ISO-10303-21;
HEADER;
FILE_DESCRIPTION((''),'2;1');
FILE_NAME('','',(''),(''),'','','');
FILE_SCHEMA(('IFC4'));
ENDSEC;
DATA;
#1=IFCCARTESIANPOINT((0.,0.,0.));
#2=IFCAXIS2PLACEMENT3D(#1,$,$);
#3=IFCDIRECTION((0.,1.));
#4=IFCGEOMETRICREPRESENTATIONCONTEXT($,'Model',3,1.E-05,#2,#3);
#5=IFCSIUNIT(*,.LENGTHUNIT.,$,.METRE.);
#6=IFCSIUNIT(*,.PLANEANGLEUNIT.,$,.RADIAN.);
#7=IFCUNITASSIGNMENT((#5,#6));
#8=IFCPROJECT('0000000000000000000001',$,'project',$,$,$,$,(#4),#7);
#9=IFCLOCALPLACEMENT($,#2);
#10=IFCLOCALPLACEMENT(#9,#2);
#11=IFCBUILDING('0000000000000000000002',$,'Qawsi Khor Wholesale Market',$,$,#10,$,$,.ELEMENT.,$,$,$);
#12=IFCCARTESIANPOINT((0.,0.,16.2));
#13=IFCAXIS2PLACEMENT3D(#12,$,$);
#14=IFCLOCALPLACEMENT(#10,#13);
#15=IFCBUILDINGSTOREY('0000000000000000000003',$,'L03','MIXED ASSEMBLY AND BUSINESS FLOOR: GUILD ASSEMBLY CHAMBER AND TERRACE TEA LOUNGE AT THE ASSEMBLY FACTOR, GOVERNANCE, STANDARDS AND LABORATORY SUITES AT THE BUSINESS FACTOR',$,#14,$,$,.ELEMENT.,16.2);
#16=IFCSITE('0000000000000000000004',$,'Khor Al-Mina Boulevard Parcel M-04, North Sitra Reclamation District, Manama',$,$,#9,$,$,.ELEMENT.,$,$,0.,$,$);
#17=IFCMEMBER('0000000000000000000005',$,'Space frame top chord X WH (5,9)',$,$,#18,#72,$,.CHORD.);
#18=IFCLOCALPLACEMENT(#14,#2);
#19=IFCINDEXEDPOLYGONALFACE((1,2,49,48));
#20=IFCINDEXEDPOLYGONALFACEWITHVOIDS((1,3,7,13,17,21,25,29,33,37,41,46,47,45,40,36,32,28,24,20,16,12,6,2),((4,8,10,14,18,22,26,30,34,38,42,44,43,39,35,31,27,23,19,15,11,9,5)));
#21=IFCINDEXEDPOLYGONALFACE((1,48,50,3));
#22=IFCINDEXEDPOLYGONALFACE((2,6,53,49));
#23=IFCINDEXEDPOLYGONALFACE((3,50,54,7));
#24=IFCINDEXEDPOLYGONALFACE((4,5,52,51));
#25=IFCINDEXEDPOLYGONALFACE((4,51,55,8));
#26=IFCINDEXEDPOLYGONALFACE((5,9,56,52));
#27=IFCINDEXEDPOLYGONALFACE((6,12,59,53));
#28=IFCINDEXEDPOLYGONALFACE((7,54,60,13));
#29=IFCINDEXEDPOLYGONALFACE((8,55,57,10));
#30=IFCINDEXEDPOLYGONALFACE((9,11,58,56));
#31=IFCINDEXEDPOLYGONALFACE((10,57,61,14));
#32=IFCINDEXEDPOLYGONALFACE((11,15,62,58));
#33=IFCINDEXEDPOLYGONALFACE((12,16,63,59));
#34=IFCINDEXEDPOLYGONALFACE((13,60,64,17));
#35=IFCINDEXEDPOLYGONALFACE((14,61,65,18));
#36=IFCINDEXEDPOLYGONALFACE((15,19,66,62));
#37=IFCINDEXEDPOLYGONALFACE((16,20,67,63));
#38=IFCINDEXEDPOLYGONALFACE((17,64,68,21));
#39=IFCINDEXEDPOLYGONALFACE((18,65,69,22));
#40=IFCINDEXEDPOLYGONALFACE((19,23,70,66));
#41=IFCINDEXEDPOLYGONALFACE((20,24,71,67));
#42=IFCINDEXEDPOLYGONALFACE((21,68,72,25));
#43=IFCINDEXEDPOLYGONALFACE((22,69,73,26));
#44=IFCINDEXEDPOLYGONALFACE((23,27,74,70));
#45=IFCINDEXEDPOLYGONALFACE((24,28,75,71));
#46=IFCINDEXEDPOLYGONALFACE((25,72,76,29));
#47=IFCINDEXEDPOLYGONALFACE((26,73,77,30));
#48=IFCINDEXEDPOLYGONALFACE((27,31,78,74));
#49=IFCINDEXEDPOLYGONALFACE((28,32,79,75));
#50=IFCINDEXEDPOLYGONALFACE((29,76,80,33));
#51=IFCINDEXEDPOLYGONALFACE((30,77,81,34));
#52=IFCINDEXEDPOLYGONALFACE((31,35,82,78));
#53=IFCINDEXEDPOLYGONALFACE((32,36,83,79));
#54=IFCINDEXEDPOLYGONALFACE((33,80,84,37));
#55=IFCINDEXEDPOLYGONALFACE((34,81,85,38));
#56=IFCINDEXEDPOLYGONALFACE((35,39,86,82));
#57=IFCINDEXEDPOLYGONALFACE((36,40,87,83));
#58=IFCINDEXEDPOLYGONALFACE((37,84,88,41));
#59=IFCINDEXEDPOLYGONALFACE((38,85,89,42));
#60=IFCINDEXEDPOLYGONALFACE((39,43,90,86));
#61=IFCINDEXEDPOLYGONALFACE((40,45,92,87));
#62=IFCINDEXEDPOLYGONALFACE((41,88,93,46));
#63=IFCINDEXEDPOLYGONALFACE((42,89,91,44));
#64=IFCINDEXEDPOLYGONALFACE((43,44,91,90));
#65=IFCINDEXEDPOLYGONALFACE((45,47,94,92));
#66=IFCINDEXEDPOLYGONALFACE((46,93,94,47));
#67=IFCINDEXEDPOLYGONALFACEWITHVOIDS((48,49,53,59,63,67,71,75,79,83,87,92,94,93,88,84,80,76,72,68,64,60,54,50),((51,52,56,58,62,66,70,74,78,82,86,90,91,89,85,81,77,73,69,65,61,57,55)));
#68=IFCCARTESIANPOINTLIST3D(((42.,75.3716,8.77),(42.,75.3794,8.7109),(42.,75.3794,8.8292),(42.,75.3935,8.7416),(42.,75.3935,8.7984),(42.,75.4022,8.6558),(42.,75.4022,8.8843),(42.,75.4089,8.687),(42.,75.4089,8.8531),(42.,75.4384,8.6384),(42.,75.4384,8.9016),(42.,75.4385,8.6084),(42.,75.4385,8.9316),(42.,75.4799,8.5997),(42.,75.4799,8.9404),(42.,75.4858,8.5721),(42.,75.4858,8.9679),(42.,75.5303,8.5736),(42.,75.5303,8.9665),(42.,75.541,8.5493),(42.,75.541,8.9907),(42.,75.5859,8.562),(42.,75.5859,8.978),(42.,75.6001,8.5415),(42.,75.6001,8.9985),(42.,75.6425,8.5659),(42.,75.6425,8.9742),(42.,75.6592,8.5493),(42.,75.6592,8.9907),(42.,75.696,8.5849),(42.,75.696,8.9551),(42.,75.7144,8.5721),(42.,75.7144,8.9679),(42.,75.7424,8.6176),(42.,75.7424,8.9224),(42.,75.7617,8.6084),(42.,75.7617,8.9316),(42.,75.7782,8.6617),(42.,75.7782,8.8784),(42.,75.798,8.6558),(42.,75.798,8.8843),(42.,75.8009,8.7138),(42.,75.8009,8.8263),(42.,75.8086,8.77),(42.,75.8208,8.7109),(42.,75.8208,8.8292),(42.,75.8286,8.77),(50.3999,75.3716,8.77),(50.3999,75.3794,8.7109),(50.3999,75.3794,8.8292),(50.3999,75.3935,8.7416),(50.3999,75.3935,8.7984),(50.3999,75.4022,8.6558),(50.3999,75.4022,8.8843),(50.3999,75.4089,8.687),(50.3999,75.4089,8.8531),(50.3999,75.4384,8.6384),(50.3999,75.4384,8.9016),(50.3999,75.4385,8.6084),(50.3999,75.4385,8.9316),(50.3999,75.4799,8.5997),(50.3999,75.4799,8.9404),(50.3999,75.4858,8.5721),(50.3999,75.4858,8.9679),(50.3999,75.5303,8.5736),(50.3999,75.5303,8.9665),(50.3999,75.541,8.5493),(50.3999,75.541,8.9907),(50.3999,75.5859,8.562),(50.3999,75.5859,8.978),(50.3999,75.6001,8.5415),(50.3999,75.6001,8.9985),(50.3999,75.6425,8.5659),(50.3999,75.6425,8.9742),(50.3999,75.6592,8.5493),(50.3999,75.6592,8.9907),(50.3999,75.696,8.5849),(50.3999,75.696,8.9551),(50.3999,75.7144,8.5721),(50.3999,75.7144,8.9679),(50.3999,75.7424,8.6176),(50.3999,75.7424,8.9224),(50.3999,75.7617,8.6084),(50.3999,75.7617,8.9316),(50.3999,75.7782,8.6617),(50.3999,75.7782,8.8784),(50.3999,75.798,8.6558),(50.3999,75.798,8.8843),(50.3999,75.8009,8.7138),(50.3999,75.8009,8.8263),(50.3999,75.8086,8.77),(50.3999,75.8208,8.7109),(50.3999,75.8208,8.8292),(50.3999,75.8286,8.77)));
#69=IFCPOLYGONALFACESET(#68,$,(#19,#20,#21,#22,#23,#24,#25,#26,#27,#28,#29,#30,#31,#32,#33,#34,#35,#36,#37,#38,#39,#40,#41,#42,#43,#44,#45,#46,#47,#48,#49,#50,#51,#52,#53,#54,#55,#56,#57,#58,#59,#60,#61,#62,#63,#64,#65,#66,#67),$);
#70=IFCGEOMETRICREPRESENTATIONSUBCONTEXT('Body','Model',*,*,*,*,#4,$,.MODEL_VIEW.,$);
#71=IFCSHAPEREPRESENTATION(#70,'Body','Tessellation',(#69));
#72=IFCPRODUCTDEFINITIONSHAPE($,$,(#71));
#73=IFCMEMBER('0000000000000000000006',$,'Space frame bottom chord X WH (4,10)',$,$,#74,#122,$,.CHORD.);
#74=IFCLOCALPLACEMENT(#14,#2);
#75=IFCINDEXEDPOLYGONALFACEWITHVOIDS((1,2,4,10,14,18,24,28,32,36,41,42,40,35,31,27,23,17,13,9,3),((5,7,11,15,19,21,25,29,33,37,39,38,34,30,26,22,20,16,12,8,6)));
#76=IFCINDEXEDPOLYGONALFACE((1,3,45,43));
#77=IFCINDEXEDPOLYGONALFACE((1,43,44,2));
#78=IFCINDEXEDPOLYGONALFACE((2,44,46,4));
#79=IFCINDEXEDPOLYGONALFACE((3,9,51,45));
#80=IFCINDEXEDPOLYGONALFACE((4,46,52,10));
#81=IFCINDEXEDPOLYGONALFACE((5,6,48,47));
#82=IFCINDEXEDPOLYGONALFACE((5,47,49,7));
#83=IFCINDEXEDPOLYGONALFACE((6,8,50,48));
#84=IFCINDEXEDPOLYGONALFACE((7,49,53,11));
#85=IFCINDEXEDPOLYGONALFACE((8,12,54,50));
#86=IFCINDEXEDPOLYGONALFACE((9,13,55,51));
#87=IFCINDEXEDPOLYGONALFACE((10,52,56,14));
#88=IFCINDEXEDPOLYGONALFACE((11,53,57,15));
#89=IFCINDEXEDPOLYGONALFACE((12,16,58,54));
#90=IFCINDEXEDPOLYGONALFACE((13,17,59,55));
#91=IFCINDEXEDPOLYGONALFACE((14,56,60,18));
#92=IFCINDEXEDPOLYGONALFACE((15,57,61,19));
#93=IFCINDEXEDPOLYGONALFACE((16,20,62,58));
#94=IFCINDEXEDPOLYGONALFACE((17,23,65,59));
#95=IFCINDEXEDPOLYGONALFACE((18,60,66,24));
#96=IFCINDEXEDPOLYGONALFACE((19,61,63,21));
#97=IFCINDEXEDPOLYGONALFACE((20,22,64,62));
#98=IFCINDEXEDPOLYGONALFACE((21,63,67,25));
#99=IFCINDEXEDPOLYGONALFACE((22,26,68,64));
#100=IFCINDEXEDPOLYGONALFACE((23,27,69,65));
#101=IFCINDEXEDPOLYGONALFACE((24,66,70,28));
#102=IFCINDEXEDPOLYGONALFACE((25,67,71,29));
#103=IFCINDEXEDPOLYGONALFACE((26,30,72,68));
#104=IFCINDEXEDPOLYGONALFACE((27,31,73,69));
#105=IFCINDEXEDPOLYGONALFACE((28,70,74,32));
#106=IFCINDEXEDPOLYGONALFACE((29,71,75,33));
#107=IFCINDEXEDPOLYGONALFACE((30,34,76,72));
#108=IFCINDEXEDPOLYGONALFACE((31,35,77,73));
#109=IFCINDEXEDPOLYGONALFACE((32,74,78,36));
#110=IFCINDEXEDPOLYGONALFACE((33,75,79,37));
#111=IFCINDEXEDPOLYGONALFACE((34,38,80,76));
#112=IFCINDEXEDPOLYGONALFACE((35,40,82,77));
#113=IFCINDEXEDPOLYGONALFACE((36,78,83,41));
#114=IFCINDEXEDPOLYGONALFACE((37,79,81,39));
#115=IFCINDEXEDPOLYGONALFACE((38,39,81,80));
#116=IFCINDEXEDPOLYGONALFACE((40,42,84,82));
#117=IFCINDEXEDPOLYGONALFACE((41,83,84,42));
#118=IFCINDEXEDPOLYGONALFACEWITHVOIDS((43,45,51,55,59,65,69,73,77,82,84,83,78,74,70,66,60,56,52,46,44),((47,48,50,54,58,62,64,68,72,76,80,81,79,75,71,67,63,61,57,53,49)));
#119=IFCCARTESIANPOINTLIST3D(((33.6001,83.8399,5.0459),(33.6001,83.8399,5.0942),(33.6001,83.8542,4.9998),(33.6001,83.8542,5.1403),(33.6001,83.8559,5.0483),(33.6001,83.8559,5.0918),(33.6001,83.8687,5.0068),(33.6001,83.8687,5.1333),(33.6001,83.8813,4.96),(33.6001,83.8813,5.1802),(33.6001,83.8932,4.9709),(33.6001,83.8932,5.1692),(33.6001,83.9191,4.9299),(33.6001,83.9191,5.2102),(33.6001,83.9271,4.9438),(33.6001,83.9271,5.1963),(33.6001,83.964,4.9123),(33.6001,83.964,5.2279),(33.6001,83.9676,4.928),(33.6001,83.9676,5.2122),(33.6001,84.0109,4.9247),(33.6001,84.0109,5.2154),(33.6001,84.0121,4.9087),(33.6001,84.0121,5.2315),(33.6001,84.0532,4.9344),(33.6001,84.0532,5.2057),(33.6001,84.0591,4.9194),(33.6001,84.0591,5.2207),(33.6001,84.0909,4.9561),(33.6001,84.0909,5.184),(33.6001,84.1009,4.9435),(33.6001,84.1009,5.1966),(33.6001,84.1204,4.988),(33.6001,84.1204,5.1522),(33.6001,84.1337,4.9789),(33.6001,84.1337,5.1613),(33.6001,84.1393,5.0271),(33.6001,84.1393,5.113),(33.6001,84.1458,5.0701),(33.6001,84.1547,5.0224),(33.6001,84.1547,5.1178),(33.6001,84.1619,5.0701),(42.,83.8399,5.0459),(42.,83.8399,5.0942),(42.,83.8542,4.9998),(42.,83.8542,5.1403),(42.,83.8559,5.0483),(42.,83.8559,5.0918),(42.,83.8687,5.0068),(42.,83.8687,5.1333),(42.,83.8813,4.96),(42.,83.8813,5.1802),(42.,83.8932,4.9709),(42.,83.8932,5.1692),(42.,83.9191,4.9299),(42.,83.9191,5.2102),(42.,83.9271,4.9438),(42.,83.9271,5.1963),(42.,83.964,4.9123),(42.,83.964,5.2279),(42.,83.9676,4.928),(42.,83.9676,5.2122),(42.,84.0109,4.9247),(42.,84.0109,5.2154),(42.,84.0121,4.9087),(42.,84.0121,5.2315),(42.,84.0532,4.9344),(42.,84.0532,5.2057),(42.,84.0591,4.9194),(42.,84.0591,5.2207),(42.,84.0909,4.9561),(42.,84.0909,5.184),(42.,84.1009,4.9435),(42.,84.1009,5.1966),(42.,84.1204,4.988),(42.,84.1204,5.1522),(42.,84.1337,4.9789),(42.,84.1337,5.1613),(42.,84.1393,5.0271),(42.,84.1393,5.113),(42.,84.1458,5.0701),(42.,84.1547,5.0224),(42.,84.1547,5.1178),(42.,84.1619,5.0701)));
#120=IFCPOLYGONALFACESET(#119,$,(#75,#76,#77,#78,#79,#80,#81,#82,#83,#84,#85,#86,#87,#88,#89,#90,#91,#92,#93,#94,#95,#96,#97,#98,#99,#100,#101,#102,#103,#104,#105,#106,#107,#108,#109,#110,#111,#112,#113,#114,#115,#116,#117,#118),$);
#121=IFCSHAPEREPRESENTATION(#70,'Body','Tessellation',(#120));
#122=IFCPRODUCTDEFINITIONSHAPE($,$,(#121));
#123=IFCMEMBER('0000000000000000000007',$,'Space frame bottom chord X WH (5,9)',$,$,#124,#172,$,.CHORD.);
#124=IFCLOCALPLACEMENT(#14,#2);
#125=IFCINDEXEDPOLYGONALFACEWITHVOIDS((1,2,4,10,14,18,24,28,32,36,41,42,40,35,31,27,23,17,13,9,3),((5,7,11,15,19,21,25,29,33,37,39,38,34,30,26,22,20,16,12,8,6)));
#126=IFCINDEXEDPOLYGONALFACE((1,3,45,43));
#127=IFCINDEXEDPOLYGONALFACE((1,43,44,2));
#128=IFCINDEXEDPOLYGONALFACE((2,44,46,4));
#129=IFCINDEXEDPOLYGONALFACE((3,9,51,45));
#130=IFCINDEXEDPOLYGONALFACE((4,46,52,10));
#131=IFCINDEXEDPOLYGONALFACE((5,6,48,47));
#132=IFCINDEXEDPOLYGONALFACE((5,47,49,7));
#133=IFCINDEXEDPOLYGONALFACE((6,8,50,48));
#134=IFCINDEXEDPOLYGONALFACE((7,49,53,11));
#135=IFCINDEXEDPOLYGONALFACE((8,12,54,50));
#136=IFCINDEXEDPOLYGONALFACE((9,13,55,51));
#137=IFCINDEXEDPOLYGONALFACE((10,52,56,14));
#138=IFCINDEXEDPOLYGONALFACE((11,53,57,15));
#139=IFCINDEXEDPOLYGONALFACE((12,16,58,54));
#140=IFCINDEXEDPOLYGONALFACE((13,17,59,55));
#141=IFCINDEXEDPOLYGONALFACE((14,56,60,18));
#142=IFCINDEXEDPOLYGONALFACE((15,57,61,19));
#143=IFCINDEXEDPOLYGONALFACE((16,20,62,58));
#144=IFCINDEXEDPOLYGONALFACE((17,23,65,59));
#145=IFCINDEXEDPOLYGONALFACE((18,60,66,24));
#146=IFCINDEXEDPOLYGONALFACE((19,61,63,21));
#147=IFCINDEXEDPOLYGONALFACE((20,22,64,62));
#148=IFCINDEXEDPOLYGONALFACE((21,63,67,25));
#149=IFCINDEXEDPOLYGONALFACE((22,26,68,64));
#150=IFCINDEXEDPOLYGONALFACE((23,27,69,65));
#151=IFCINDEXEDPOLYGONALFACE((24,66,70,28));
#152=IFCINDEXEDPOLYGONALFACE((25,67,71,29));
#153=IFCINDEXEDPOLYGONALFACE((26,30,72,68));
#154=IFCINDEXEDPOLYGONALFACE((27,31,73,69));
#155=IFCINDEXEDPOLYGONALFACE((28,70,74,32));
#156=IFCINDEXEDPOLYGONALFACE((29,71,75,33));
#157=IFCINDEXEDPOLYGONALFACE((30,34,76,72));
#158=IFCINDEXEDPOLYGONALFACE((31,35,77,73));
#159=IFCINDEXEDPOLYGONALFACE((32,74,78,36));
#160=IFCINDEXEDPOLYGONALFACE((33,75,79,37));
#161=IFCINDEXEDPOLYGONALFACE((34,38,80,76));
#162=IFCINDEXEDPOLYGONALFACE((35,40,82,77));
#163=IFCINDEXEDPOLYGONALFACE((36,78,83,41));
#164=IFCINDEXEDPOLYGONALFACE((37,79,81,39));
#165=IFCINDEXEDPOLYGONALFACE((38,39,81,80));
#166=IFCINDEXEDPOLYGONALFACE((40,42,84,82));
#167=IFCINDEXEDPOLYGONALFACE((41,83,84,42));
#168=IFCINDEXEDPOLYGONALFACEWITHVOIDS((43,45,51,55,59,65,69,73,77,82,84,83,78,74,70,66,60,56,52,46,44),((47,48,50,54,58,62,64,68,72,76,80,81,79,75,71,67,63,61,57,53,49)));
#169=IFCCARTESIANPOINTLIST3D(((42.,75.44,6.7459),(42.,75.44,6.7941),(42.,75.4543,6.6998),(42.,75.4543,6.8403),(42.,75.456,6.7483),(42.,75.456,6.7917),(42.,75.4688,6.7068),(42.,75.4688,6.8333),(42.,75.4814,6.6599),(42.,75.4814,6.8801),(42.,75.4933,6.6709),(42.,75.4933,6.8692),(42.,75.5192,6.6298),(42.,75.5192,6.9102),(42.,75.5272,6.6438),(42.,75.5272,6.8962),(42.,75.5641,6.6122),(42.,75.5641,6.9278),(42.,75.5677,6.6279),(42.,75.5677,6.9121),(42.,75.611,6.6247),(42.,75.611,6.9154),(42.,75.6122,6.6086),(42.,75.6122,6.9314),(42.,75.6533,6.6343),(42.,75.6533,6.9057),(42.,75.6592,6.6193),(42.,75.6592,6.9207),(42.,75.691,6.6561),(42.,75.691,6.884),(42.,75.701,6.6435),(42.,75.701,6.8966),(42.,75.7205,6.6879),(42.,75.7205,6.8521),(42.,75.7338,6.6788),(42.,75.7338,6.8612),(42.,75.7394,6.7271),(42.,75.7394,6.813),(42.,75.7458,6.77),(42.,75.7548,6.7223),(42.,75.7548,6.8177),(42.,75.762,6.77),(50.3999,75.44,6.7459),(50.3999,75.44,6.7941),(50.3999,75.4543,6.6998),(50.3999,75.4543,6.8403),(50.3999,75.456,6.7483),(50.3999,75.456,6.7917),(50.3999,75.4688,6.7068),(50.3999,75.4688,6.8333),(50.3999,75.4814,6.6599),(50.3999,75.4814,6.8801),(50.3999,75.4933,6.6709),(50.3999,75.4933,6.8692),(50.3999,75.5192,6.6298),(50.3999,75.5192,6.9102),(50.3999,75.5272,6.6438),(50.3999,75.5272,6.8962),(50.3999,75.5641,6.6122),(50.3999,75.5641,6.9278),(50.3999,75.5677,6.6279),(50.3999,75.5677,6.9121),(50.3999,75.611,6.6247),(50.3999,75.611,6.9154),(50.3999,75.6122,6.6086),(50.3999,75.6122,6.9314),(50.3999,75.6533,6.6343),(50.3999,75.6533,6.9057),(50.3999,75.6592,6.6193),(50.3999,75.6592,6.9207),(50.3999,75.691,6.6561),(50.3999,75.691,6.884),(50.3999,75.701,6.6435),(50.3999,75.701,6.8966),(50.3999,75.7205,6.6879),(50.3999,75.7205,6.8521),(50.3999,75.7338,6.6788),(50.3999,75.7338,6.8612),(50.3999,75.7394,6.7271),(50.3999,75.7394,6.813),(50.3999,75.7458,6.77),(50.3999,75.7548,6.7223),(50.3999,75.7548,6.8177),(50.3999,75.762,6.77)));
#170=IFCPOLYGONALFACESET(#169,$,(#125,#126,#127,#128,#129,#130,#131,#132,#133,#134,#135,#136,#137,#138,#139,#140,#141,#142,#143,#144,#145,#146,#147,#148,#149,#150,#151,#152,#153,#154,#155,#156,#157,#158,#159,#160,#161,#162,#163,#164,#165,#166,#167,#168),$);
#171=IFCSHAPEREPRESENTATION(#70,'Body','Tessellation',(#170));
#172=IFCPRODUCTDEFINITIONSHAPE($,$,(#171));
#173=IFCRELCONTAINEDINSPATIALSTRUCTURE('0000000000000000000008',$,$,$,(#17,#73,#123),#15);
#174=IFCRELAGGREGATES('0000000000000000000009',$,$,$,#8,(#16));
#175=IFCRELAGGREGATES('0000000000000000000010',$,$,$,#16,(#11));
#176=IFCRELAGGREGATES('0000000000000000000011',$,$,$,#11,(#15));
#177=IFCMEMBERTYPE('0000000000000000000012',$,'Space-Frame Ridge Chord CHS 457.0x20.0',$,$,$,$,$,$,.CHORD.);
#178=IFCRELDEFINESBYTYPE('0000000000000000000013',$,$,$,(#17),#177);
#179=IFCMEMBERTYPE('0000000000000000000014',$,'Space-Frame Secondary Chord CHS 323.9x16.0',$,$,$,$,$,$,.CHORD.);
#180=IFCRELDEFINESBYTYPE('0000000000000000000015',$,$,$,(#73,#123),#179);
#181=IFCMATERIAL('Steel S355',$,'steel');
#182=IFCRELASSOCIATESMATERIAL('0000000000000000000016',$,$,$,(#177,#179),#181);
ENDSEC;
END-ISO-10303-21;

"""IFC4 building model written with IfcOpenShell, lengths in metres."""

from ifc_helpers import new_model, si_unit, direction, frame, origin, origin_2d, place, context, subcontext, project, spatial, hollow_circle, extrude, material, material_profile, profile_set, type_object, element, save


model = new_model("IFC4")

# Units and contexts
model_context = context("Model", 3, precision=1e-05, world=origin(), true_north=direction((0.0, 1.0)))
body_context = subcontext(model_context, "Body", "Model", "MODEL_VIEW")
ifc_project = project(units=[si_unit("LENGTHUNIT", "METRE"), si_unit("PLANEANGLEUNIT", "RADIAN")], contexts=[model_context])

# Site, building, storey
site_placement = place(None, origin())
site = spatial("IfcSite", under=ifc_project, at=site_placement, Name="Khor Al-Mina Boulevard Parcel M-04, North Sitra Reclamation District, Manama", CompositionType="ELEMENT", RefElevation=0.0)
building_placement = place(site_placement, origin())
building = spatial("IfcBuilding", under=site, at=building_placement, Name="Qawsi Khor Wholesale Market", CompositionType="ELEMENT")
storey_placement = place(building_placement, frame((0.0, 0.0, 16.2)))
storey = spatial("IfcBuildingStorey", under=building, at=storey_placement, Name="L03", Description="MIXED ASSEMBLY AND BUSINESS FLOOR: GUILD ASSEMBLY CHAMBER AND TERRACE TEA LOUNGE AT THE ASSEMBLY FACTOR, GOVERNANCE, STANDARDS AND LABORATORY SUITES AT THE BUSINESS FACTOR", CompositionType="ELEMENT", Elevation=16.2)

# Members
ifc_material_1 = material(Name="Steel S355", Category="steel")
ifc_material_profile_1 = material_profile(ifc_material_1, hollow_circle(Radius=0.2285, WallThickness=0.02, at=origin_2d()), Name="CHS 457.0x20.0")
ifc_profile_set_1 = profile_set([ifc_material_profile_1], Name="Steel S355")
member_type_1 = type_object("IfcMemberType", Name="Space-Frame Ridge Chord CHS 457.0x20.0", PredefinedType="CHORD", material=ifc_profile_set_1)
member_1_placement = place(storey_placement, frame((42.0, 75.6001, 8.77), z_axis=(1.0, 0.0, 0.0), x_axis=(0.0, 1.0, 0.0)))
element("IfcMember", 1, at=member_1_placement, inside=storey, type_object=member_type_1, Name="Space frame top chord X WH (5,9)", PredefinedType="CHORD", context=body_context, shape_type="SweptSolid", body=[
    extrude(hollow_circle(Radius=0.2285, WallThickness=0.02, at=origin_2d()), origin(), (0.0, 0.0, 1.0), 8.3999),
])
ifc_material_profile_2 = material_profile(ifc_material_1, hollow_circle(Radius=0.1619, WallThickness=0.0161, at=origin_2d()), Name="CHS 323.9x16.0")
ifc_profile_set_2 = profile_set([ifc_material_profile_2], Name="Steel S355")
member_type_2 = type_object("IfcMemberType", Name="Space-Frame Secondary Chord CHS 323.9x16.0", PredefinedType="CHORD", material=ifc_profile_set_2)
for number, where, z_axis, x_axis, name in (
    (2, (33.6001, 84.0, 5.0701), (1.0, 0.0, 0.0), (0.0, 1.0, 0.0), "Space frame bottom chord X WH (4,10)"),
    (3, (42.0, 75.6001, 6.77), (1.0, 0.0, 0.0), (0.0, 1.0, 0.0), "Space frame bottom chord X WH (5,9)"),
):
    element("IfcMember", number, at=place(storey_placement, frame(where, z_axis=z_axis, x_axis=x_axis)), inside=storey, type_object=member_type_2, Name=name, PredefinedType="CHORD", context=body_context, shape_type="SweptSolid", body=[
        extrude(hollow_circle(Radius=0.1619, WallThickness=0.0161, at=origin_2d()), origin(), (0.0, 0.0, 1.0), 8.3999),
    ])

save(model, "model.ifc")
